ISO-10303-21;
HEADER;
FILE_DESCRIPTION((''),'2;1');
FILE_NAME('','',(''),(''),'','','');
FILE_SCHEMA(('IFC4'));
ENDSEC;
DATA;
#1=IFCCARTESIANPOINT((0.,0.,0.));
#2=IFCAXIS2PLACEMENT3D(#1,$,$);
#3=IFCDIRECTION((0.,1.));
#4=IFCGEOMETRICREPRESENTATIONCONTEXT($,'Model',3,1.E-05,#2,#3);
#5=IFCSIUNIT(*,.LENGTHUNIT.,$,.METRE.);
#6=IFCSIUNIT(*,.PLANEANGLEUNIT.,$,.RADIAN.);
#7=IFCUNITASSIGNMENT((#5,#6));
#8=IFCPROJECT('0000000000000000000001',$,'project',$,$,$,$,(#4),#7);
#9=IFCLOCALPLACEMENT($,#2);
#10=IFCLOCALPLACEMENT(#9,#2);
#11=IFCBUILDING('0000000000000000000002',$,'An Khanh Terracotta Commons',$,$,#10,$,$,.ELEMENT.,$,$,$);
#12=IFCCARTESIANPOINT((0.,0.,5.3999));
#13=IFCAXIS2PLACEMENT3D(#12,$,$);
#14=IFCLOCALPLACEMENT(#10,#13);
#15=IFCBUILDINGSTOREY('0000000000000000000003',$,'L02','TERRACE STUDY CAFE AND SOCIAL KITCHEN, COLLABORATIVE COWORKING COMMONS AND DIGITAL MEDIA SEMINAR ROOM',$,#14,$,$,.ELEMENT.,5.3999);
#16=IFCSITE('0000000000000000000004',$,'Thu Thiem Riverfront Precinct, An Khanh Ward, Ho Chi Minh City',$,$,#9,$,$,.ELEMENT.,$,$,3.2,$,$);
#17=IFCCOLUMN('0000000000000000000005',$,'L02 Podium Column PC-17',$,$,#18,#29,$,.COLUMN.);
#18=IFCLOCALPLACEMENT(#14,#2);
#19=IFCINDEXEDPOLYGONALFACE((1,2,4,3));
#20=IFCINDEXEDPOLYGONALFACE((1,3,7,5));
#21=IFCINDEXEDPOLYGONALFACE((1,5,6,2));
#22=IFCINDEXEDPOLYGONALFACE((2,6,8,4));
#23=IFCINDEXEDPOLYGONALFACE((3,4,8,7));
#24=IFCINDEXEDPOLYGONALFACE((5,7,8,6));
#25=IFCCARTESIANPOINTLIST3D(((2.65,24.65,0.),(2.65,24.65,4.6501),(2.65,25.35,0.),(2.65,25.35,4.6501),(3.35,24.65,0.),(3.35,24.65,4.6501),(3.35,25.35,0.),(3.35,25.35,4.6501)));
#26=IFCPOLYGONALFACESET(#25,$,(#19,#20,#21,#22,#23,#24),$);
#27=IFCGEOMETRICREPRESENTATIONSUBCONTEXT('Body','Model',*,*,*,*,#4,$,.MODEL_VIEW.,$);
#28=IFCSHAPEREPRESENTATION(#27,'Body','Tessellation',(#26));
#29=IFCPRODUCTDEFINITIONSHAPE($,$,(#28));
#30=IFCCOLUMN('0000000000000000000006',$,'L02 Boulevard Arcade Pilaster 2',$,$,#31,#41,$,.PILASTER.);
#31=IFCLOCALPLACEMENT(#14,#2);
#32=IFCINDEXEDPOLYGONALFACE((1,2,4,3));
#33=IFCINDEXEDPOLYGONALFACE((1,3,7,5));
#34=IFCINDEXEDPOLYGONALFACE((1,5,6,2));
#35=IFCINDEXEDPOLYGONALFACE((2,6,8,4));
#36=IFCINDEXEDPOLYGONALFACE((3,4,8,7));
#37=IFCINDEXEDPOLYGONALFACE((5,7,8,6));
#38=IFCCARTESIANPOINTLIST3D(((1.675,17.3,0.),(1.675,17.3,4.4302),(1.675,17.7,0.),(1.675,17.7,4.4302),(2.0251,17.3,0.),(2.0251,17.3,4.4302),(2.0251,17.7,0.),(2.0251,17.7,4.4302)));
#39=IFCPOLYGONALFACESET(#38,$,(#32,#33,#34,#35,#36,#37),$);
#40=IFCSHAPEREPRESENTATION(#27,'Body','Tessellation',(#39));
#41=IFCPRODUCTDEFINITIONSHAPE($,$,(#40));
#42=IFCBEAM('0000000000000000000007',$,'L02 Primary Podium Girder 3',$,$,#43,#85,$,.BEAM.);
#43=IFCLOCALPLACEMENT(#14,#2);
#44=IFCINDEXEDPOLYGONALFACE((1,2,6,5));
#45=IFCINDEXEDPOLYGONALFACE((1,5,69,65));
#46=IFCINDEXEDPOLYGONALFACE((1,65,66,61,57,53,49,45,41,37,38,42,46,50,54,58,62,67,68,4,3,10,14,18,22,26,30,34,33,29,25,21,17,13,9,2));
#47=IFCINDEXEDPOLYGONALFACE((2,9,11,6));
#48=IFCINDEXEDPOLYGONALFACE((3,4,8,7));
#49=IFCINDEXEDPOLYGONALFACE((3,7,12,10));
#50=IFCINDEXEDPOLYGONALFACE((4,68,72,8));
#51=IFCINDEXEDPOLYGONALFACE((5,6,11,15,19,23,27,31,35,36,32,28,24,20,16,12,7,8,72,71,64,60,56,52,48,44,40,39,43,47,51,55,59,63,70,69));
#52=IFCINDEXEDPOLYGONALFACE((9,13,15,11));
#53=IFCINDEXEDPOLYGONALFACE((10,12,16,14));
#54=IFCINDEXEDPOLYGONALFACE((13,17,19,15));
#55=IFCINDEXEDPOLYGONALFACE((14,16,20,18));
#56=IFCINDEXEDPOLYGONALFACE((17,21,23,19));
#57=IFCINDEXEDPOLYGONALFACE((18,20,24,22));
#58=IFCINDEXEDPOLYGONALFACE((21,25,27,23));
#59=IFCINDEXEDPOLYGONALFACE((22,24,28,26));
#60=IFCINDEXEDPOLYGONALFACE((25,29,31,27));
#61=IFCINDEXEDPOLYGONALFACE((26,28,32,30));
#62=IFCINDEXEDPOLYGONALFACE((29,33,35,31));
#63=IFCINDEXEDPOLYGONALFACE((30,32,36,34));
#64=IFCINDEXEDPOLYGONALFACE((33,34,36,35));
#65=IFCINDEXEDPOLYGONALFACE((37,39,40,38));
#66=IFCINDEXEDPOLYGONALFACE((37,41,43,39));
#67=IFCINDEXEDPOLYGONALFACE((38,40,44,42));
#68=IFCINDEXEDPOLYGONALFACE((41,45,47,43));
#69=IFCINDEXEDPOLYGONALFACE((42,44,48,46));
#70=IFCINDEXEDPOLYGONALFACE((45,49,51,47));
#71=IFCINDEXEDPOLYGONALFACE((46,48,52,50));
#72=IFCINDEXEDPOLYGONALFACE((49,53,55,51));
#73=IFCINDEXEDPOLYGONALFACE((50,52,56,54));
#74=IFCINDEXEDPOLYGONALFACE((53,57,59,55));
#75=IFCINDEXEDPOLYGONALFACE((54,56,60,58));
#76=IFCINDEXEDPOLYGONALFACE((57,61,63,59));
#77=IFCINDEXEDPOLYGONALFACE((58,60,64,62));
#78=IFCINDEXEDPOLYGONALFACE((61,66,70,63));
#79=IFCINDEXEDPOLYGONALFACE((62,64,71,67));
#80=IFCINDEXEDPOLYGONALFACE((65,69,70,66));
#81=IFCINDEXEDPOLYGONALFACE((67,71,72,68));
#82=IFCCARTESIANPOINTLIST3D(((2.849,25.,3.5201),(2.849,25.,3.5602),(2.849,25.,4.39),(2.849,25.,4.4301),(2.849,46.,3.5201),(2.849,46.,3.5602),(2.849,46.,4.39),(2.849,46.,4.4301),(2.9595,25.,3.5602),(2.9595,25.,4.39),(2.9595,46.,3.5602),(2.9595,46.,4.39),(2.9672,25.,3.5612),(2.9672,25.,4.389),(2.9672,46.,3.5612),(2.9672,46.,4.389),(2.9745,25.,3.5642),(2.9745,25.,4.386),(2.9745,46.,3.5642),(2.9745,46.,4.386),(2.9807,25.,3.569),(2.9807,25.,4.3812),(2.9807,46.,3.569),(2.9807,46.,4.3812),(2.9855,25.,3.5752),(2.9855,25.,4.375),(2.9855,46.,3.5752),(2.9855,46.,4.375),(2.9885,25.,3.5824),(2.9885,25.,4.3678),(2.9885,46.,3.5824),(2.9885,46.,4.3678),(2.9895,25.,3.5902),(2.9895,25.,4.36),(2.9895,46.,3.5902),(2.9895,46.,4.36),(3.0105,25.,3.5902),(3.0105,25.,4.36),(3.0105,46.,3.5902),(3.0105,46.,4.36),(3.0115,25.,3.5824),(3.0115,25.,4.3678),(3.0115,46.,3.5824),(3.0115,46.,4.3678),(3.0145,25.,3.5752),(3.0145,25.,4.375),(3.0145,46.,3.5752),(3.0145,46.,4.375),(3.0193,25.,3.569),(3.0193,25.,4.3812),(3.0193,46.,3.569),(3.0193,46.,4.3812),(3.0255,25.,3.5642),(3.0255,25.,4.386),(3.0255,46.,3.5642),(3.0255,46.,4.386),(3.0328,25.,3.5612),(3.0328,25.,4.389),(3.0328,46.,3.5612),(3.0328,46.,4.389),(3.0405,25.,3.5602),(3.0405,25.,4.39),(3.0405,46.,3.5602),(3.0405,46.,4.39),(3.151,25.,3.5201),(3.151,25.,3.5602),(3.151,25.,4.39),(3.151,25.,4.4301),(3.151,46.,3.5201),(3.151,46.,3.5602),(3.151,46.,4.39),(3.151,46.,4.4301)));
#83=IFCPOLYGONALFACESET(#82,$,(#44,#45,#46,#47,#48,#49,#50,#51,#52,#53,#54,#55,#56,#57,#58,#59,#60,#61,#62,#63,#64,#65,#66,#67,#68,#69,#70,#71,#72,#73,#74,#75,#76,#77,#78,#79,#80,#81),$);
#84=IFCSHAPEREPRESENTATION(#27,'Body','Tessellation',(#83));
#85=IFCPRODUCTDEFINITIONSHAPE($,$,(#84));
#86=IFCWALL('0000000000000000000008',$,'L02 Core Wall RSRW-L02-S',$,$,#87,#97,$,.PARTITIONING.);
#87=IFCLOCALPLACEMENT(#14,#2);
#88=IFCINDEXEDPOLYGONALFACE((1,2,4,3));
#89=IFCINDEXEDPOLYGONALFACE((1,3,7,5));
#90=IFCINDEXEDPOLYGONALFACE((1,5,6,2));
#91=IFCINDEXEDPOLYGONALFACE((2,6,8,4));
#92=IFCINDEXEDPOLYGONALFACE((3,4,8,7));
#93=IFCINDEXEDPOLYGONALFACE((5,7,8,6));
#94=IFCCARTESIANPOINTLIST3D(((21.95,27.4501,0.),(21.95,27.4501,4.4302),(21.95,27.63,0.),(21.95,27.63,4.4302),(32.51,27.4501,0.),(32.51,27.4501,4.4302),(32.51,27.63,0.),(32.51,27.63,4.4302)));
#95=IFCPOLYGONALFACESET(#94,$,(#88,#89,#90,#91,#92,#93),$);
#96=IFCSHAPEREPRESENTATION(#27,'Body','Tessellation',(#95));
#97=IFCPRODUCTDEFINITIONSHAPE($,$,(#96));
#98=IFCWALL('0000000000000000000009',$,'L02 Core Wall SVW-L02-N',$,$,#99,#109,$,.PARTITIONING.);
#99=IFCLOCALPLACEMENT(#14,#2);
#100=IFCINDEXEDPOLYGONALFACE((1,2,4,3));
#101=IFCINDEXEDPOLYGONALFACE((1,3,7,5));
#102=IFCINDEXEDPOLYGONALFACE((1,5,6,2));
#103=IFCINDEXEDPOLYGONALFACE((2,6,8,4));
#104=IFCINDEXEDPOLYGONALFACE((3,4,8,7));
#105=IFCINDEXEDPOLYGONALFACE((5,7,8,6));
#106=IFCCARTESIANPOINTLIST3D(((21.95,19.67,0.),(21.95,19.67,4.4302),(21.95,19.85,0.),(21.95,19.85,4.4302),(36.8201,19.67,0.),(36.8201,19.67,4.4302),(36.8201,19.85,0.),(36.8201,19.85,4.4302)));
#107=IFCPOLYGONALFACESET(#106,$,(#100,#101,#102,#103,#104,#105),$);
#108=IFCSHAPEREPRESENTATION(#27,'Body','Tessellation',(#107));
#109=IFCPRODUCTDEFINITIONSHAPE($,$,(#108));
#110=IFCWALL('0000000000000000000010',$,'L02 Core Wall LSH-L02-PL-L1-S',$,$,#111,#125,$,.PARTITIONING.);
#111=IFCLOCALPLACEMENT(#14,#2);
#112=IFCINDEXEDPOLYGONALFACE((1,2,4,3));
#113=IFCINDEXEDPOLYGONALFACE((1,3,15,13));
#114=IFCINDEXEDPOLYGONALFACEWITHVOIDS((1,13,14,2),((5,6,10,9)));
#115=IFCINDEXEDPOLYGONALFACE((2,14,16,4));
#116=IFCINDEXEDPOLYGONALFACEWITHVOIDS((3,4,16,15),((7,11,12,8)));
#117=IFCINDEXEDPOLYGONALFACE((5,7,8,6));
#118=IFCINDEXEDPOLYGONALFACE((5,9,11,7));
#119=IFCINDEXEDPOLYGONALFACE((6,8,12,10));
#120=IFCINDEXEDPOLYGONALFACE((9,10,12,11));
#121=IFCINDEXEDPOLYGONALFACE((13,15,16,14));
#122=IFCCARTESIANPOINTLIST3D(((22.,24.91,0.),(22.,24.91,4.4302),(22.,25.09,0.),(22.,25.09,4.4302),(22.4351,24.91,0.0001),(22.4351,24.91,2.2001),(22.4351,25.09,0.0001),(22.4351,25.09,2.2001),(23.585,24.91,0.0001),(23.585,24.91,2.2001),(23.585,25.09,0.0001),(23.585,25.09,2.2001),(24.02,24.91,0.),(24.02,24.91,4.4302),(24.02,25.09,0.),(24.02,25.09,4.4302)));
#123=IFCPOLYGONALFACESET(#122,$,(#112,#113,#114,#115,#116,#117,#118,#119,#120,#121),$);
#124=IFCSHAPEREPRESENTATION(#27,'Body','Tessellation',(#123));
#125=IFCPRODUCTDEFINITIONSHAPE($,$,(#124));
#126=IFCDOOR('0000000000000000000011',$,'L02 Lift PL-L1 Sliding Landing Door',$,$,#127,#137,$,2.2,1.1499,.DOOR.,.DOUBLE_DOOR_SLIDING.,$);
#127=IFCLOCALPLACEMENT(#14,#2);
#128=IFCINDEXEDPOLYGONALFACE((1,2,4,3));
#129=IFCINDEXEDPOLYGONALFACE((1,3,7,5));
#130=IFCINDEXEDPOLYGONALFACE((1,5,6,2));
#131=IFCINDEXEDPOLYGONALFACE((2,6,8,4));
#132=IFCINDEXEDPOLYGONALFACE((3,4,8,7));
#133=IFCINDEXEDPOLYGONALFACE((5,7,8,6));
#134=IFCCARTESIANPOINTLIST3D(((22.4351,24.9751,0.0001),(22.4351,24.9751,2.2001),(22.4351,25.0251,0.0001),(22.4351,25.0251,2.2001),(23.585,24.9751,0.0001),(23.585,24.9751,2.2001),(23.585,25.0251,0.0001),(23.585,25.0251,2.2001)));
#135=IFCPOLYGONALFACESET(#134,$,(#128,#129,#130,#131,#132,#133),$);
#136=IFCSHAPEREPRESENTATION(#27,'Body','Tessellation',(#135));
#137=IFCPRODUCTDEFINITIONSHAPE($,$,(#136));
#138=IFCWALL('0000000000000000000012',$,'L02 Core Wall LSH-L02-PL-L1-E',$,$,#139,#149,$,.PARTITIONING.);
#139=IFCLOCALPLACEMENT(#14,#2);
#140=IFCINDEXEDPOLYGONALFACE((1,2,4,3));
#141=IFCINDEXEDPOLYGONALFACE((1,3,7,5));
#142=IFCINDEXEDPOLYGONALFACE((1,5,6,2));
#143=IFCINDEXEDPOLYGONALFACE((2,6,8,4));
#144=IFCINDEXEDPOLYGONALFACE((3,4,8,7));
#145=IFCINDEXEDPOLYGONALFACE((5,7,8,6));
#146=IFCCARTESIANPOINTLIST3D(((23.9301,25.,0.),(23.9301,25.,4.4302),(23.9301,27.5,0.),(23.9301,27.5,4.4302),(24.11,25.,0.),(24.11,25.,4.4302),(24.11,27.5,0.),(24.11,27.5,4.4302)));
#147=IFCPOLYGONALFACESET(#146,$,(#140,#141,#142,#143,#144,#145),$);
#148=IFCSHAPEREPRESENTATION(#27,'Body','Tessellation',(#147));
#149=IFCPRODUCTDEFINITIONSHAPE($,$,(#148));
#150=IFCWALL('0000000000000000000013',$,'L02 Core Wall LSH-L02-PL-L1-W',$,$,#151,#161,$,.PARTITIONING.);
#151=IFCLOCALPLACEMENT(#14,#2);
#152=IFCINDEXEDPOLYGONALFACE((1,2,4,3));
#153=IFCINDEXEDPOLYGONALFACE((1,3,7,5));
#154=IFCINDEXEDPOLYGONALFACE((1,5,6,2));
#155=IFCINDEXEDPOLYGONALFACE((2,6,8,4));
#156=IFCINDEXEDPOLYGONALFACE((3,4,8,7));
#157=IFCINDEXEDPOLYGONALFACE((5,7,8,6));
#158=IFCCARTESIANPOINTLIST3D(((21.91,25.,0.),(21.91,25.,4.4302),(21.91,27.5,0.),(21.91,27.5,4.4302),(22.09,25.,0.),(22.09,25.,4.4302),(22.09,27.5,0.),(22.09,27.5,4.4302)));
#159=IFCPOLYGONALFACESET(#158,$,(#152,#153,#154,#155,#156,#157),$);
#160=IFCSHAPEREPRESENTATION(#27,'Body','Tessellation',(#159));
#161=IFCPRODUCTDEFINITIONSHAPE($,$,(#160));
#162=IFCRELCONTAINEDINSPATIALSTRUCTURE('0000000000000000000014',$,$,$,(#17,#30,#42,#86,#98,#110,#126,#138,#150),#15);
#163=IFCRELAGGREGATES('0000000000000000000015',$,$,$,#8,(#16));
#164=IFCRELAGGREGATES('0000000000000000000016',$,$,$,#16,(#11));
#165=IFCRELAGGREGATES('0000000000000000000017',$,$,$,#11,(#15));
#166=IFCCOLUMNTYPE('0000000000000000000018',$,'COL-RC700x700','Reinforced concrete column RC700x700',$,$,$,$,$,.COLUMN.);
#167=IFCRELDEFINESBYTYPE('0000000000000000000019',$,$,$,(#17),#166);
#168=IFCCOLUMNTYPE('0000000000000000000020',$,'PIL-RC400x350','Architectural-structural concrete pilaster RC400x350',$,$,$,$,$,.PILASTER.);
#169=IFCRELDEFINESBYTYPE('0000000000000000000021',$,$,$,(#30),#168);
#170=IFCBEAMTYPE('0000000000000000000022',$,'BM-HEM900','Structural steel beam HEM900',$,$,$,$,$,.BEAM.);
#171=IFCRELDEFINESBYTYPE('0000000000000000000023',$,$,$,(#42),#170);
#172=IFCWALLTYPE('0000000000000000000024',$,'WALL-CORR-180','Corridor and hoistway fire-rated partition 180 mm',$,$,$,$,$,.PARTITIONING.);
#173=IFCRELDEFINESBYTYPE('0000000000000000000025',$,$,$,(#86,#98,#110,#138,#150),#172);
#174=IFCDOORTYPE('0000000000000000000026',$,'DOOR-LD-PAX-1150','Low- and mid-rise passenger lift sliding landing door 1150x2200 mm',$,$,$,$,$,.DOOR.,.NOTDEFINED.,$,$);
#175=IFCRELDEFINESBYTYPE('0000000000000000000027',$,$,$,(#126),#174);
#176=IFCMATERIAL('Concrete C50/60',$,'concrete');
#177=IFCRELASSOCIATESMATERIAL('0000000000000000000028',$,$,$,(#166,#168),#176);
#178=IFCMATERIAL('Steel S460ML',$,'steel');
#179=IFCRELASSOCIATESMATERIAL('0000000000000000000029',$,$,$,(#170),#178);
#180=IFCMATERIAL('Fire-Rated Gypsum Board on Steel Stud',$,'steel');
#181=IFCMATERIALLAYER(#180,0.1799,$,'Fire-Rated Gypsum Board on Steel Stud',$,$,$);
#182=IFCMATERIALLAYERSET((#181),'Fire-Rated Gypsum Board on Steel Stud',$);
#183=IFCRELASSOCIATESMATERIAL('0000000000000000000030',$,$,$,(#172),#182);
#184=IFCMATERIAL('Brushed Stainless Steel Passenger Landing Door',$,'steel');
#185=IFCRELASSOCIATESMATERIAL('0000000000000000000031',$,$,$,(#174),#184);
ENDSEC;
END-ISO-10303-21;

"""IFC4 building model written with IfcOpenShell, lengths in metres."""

from ifc_helpers import new_model, si_unit, direction, frame, frame_2d, origin, origin_2d, place, context, subcontext, project, spatial, rectangle, i_section, extrude, material, layer, layer_set, material_profile, profile_set, type_object, element, fill, save


model = new_model("IFC4")

# Units and contexts
model_context = context("Model", 3, precision=1e-05, world=origin(), true_north=direction((0.0, 1.0)))
body_context = subcontext(model_context, "Body", "Model", "MODEL_VIEW")
ifc_project = project(units=[si_unit("LENGTHUNIT", "METRE"), si_unit("PLANEANGLEUNIT", "RADIAN")], contexts=[model_context])

# Site, building, storey
site_placement = place(None, origin())
site = spatial("IfcSite", under=ifc_project, at=site_placement, Name="Thu Thiem Riverfront Precinct, An Khanh Ward, Ho Chi Minh City", CompositionType="ELEMENT", RefElevation=3.2)
building_placement = place(site_placement, origin())
building = spatial("IfcBuilding", under=site, at=building_placement, Name="An Khanh Terracotta Commons", CompositionType="ELEMENT")
storey_placement = place(building_placement, frame((0.0, 0.0, 5.3999)))
storey = spatial("IfcBuildingStorey", under=building, at=storey_placement, Name="L02", Description="TERRACE STUDY CAFE AND SOCIAL KITCHEN, COLLABORATIVE COWORKING COMMONS AND DIGITAL MEDIA SEMINAR ROOM", CompositionType="ELEMENT", Elevation=5.3999)

# Columns
ifc_material_1 = material(Name="Concrete C50/60", Category="concrete")
ifc_material_profile_1 = material_profile(ifc_material_1, rectangle(XDim=0.7, YDim=0.7, at=origin_2d()), Name="RC700x700")
ifc_profile_set_1 = profile_set([ifc_material_profile_1], Name="Concrete C50/60")
column_type_1 = type_object("IfcColumnType", Name="COL-RC700x700", Description="Reinforced concrete column RC700x700", PredefinedType="COLUMN", material=ifc_profile_set_1)
column_1_placement = place(storey_placement, frame((3.0, 25.0, 0.0), z_axis=(0.0, 0.0, 1.0), x_axis=(1.0, 0.0, 0.0)))
element("IfcColumn", 1, at=column_1_placement, inside=storey, type_object=column_type_1, Name="L02 Podium Column PC-17", PredefinedType="COLUMN", context=body_context, shape_type="SweptSolid", body=[
    extrude(rectangle(XDim=0.7, YDim=0.7, at=origin_2d()), origin(), (0.0, 0.0, 1.0), 4.6501),
])
ifc_material_profile_2 = material_profile(ifc_material_1, rectangle(XDim=0.3501, YDim=0.3999, at=origin_2d()), Name="RC400x350")
ifc_profile_set_2 = profile_set([ifc_material_profile_2], Name="Concrete C50/60")
column_type_2 = type_object("IfcColumnType", Name="PIL-RC400x350", Description="Architectural-structural concrete pilaster RC400x350", PredefinedType="PILASTER", material=ifc_profile_set_2)
column_2_placement = place(storey_placement, frame((1.8501, 17.5, 0.0), z_axis=(0.0, 0.0, 1.0), x_axis=(1.0, 0.0, 0.0)))
element("IfcColumn", 2, at=column_2_placement, inside=storey, type_object=column_type_2, Name="L02 Boulevard Arcade Pilaster 2", PredefinedType="PILASTER", context=body_context, shape_type="SweptSolid", body=[
    extrude(rectangle(XDim=0.3501, YDim=0.3999, at=origin_2d()), origin(), (0.0, 0.0, 1.0), 4.4302),
])

# Beam
ifc_material_2 = material(Name="Steel S460ML", Category="steel")
ifc_material_profile_3 = material_profile(ifc_material_2, i_section(OverallWidth=0.302, OverallDepth=0.9099, WebThickness=0.021, FlangeThickness=0.04, FilletRadius=0.03, at=origin_2d()), Name="HEM900")
ifc_profile_set_3 = profile_set([ifc_material_profile_3], Name="Steel S460ML")
beam_type = type_object("IfcBeamType", Name="BM-HEM900", Description="Structural steel beam HEM900", PredefinedType="BEAM", material=ifc_profile_set_3)
beam_placement = place(storey_placement, frame((3.0, 25.0, 3.9751), z_axis=(0.0, 1.0, 0.0), x_axis=(-1.0, 0.0, 0.0)))
element("IfcBeam", 3, at=beam_placement, inside=storey, type_object=beam_type, Name="L02 Primary Podium Girder 3", PredefinedType="BEAM", context=body_context, shape_type="SweptSolid", body=[
    extrude(i_section(OverallWidth=0.302, OverallDepth=0.9099, WebThickness=0.021, FlangeThickness=0.04, FilletRadius=0.03, at=origin_2d()), origin(), (0.0, 0.0, 1.0), 21.0),
])

# Walls
ifc_material_3 = material(Name="Fire-Rated Gypsum Board on Steel Stud", Category="steel")
ifc_layer_1 = layer(ifc_material_3, 0.1799, Name="Fire-Rated Gypsum Board on Steel Stud")
ifc_layer_set_1 = layer_set([ifc_layer_1], Name="Fire-Rated Gypsum Board on Steel Stud")
wall_type_1 = type_object("IfcWallType", Name="WALL-CORR-180", Description="Corridor and hoistway fire-rated partition 180 mm", PredefinedType="PARTITIONING", material=ifc_layer_set_1)
wall_1_placement = place(storey_placement, frame((21.95, 27.54, 0.0), z_axis=(0.0, 0.0, 1.0), x_axis=(1.0, 0.0, 0.0)))
element("IfcWall", 4, at=wall_1_placement, inside=storey, type_object=wall_type_1, Name="L02 Core Wall RSRW-L02-S", PredefinedType="PARTITIONING", context=body_context, shape_type="SweptSolid", body=[
    extrude(rectangle(XDim=10.5601, YDim=0.1799, at=frame_2d((5.28, 0.0))), origin(), (0.0, 0.0, 1.0), 4.4302),
])
wall_2_placement = place(storey_placement, frame((21.95, 19.76, 0.0), z_axis=(0.0, 0.0, 1.0), x_axis=(1.0, 0.0, 0.0)))
element("IfcWall", 5, at=wall_2_placement, inside=storey, type_object=wall_type_1, Name="L02 Core Wall SVW-L02-N", PredefinedType="PARTITIONING", context=body_context, shape_type="SweptSolid", body=[
    extrude(rectangle(XDim=14.8701, YDim=0.1799, at=frame_2d((7.4351, 0.0))), origin(), (0.0, 0.0, 1.0), 4.4302),
])

# Wall, opening, door
wall_3_placement = place(storey_placement, frame((24.02, 25.0, 0.0), z_axis=(0.0, 0.0, 1.0), x_axis=(-1.0, 0.0, 0.0)))
wall_3 = element("IfcWall", 6, at=wall_3_placement, inside=storey, type_object=wall_type_1, Name="L02 Core Wall LSH-L02-PL-L1-S", PredefinedType="PARTITIONING", context=body_context, shape_type="SweptSolid", body=[
    extrude(rectangle(XDim=2.02, YDim=0.1799, at=frame_2d((1.01, 0.0))), origin(), (0.0, 0.0, 1.0), 4.4302),
])
opening_1_placement = place(wall_3_placement, frame((0.4351, 0.0, 0.0)))
opening_1 = element("IfcOpeningElement", 7, at=opening_1_placement, cuts=wall_3, PredefinedType="OPENING", context=body_context, shape_type="SweptSolid", body=[
    extrude(rectangle(XDim=1.1499, YDim=2.2, at=frame_2d((0.575, 1.1001))), frame((0.0, 0.0999, 0.0), z_axis=(0.0, -1.0, 0.0), x_axis=(1.0, 0.0, 0.0)), (0.0, 0.0, 1.0), 0.2),
])
ifc_material_4 = material(Name="Brushed Stainless Steel Passenger Landing Door", Category="steel")
door_type = type_object("IfcDoorType", Name="DOOR-LD-PAX-1150", Description="Low- and mid-rise passenger lift sliding landing door 1150x2200 mm", OperationType="NOTDEFINED", PredefinedType="DOOR", material=ifc_material_4)
door_1_placement = place(opening_1_placement, origin())
door_1 = element("IfcDoor", 8, at=door_1_placement, inside=storey, type_object=door_type, Name="L02 Lift PL-L1 Sliding Landing Door", OperationType="DOUBLE_DOOR_SLIDING", OverallHeight=2.2, OverallWidth=1.1499, PredefinedType="DOOR", context=body_context, shape_type="SweptSolid", body=[
    extrude(rectangle(XDim=1.1499, YDim=2.2, at=frame_2d((0.575, 1.1001))), frame((0.0, 0.0249, 0.0), z_axis=(0.0, -1.0, 0.0), x_axis=(1.0, 0.0, 0.0)), (0.0, 0.0, 1.0), 0.05),
])
fill(opening_1, door_1)

# Walls
for number, where, z_axis, x_axis, name in (
    (9, (24.02, 25.0, 0.0), (0.0, 0.0, 1.0), (0.0, 1.0, 0.0), "L02 Core Wall LSH-L02-PL-L1-E"),
    (10, (22.0, 27.5, 0.0), (0.0, 0.0, 1.0), (0.0, -1.0, 0.0), "L02 Core Wall LSH-L02-PL-L1-W"),
):
    element("IfcWall", number, at=place(storey_placement, frame(where, z_axis=z_axis, x_axis=x_axis)), inside=storey, type_object=wall_type_1, Name=name, PredefinedType="PARTITIONING", context=body_context, shape_type="SweptSolid", body=[
        extrude(rectangle(XDim=2.5, YDim=0.1799, at=frame_2d((1.25, 0.0))), origin(), (0.0, 0.0, 1.0), 4.4302),
    ])

save(model, "model.ifc")
